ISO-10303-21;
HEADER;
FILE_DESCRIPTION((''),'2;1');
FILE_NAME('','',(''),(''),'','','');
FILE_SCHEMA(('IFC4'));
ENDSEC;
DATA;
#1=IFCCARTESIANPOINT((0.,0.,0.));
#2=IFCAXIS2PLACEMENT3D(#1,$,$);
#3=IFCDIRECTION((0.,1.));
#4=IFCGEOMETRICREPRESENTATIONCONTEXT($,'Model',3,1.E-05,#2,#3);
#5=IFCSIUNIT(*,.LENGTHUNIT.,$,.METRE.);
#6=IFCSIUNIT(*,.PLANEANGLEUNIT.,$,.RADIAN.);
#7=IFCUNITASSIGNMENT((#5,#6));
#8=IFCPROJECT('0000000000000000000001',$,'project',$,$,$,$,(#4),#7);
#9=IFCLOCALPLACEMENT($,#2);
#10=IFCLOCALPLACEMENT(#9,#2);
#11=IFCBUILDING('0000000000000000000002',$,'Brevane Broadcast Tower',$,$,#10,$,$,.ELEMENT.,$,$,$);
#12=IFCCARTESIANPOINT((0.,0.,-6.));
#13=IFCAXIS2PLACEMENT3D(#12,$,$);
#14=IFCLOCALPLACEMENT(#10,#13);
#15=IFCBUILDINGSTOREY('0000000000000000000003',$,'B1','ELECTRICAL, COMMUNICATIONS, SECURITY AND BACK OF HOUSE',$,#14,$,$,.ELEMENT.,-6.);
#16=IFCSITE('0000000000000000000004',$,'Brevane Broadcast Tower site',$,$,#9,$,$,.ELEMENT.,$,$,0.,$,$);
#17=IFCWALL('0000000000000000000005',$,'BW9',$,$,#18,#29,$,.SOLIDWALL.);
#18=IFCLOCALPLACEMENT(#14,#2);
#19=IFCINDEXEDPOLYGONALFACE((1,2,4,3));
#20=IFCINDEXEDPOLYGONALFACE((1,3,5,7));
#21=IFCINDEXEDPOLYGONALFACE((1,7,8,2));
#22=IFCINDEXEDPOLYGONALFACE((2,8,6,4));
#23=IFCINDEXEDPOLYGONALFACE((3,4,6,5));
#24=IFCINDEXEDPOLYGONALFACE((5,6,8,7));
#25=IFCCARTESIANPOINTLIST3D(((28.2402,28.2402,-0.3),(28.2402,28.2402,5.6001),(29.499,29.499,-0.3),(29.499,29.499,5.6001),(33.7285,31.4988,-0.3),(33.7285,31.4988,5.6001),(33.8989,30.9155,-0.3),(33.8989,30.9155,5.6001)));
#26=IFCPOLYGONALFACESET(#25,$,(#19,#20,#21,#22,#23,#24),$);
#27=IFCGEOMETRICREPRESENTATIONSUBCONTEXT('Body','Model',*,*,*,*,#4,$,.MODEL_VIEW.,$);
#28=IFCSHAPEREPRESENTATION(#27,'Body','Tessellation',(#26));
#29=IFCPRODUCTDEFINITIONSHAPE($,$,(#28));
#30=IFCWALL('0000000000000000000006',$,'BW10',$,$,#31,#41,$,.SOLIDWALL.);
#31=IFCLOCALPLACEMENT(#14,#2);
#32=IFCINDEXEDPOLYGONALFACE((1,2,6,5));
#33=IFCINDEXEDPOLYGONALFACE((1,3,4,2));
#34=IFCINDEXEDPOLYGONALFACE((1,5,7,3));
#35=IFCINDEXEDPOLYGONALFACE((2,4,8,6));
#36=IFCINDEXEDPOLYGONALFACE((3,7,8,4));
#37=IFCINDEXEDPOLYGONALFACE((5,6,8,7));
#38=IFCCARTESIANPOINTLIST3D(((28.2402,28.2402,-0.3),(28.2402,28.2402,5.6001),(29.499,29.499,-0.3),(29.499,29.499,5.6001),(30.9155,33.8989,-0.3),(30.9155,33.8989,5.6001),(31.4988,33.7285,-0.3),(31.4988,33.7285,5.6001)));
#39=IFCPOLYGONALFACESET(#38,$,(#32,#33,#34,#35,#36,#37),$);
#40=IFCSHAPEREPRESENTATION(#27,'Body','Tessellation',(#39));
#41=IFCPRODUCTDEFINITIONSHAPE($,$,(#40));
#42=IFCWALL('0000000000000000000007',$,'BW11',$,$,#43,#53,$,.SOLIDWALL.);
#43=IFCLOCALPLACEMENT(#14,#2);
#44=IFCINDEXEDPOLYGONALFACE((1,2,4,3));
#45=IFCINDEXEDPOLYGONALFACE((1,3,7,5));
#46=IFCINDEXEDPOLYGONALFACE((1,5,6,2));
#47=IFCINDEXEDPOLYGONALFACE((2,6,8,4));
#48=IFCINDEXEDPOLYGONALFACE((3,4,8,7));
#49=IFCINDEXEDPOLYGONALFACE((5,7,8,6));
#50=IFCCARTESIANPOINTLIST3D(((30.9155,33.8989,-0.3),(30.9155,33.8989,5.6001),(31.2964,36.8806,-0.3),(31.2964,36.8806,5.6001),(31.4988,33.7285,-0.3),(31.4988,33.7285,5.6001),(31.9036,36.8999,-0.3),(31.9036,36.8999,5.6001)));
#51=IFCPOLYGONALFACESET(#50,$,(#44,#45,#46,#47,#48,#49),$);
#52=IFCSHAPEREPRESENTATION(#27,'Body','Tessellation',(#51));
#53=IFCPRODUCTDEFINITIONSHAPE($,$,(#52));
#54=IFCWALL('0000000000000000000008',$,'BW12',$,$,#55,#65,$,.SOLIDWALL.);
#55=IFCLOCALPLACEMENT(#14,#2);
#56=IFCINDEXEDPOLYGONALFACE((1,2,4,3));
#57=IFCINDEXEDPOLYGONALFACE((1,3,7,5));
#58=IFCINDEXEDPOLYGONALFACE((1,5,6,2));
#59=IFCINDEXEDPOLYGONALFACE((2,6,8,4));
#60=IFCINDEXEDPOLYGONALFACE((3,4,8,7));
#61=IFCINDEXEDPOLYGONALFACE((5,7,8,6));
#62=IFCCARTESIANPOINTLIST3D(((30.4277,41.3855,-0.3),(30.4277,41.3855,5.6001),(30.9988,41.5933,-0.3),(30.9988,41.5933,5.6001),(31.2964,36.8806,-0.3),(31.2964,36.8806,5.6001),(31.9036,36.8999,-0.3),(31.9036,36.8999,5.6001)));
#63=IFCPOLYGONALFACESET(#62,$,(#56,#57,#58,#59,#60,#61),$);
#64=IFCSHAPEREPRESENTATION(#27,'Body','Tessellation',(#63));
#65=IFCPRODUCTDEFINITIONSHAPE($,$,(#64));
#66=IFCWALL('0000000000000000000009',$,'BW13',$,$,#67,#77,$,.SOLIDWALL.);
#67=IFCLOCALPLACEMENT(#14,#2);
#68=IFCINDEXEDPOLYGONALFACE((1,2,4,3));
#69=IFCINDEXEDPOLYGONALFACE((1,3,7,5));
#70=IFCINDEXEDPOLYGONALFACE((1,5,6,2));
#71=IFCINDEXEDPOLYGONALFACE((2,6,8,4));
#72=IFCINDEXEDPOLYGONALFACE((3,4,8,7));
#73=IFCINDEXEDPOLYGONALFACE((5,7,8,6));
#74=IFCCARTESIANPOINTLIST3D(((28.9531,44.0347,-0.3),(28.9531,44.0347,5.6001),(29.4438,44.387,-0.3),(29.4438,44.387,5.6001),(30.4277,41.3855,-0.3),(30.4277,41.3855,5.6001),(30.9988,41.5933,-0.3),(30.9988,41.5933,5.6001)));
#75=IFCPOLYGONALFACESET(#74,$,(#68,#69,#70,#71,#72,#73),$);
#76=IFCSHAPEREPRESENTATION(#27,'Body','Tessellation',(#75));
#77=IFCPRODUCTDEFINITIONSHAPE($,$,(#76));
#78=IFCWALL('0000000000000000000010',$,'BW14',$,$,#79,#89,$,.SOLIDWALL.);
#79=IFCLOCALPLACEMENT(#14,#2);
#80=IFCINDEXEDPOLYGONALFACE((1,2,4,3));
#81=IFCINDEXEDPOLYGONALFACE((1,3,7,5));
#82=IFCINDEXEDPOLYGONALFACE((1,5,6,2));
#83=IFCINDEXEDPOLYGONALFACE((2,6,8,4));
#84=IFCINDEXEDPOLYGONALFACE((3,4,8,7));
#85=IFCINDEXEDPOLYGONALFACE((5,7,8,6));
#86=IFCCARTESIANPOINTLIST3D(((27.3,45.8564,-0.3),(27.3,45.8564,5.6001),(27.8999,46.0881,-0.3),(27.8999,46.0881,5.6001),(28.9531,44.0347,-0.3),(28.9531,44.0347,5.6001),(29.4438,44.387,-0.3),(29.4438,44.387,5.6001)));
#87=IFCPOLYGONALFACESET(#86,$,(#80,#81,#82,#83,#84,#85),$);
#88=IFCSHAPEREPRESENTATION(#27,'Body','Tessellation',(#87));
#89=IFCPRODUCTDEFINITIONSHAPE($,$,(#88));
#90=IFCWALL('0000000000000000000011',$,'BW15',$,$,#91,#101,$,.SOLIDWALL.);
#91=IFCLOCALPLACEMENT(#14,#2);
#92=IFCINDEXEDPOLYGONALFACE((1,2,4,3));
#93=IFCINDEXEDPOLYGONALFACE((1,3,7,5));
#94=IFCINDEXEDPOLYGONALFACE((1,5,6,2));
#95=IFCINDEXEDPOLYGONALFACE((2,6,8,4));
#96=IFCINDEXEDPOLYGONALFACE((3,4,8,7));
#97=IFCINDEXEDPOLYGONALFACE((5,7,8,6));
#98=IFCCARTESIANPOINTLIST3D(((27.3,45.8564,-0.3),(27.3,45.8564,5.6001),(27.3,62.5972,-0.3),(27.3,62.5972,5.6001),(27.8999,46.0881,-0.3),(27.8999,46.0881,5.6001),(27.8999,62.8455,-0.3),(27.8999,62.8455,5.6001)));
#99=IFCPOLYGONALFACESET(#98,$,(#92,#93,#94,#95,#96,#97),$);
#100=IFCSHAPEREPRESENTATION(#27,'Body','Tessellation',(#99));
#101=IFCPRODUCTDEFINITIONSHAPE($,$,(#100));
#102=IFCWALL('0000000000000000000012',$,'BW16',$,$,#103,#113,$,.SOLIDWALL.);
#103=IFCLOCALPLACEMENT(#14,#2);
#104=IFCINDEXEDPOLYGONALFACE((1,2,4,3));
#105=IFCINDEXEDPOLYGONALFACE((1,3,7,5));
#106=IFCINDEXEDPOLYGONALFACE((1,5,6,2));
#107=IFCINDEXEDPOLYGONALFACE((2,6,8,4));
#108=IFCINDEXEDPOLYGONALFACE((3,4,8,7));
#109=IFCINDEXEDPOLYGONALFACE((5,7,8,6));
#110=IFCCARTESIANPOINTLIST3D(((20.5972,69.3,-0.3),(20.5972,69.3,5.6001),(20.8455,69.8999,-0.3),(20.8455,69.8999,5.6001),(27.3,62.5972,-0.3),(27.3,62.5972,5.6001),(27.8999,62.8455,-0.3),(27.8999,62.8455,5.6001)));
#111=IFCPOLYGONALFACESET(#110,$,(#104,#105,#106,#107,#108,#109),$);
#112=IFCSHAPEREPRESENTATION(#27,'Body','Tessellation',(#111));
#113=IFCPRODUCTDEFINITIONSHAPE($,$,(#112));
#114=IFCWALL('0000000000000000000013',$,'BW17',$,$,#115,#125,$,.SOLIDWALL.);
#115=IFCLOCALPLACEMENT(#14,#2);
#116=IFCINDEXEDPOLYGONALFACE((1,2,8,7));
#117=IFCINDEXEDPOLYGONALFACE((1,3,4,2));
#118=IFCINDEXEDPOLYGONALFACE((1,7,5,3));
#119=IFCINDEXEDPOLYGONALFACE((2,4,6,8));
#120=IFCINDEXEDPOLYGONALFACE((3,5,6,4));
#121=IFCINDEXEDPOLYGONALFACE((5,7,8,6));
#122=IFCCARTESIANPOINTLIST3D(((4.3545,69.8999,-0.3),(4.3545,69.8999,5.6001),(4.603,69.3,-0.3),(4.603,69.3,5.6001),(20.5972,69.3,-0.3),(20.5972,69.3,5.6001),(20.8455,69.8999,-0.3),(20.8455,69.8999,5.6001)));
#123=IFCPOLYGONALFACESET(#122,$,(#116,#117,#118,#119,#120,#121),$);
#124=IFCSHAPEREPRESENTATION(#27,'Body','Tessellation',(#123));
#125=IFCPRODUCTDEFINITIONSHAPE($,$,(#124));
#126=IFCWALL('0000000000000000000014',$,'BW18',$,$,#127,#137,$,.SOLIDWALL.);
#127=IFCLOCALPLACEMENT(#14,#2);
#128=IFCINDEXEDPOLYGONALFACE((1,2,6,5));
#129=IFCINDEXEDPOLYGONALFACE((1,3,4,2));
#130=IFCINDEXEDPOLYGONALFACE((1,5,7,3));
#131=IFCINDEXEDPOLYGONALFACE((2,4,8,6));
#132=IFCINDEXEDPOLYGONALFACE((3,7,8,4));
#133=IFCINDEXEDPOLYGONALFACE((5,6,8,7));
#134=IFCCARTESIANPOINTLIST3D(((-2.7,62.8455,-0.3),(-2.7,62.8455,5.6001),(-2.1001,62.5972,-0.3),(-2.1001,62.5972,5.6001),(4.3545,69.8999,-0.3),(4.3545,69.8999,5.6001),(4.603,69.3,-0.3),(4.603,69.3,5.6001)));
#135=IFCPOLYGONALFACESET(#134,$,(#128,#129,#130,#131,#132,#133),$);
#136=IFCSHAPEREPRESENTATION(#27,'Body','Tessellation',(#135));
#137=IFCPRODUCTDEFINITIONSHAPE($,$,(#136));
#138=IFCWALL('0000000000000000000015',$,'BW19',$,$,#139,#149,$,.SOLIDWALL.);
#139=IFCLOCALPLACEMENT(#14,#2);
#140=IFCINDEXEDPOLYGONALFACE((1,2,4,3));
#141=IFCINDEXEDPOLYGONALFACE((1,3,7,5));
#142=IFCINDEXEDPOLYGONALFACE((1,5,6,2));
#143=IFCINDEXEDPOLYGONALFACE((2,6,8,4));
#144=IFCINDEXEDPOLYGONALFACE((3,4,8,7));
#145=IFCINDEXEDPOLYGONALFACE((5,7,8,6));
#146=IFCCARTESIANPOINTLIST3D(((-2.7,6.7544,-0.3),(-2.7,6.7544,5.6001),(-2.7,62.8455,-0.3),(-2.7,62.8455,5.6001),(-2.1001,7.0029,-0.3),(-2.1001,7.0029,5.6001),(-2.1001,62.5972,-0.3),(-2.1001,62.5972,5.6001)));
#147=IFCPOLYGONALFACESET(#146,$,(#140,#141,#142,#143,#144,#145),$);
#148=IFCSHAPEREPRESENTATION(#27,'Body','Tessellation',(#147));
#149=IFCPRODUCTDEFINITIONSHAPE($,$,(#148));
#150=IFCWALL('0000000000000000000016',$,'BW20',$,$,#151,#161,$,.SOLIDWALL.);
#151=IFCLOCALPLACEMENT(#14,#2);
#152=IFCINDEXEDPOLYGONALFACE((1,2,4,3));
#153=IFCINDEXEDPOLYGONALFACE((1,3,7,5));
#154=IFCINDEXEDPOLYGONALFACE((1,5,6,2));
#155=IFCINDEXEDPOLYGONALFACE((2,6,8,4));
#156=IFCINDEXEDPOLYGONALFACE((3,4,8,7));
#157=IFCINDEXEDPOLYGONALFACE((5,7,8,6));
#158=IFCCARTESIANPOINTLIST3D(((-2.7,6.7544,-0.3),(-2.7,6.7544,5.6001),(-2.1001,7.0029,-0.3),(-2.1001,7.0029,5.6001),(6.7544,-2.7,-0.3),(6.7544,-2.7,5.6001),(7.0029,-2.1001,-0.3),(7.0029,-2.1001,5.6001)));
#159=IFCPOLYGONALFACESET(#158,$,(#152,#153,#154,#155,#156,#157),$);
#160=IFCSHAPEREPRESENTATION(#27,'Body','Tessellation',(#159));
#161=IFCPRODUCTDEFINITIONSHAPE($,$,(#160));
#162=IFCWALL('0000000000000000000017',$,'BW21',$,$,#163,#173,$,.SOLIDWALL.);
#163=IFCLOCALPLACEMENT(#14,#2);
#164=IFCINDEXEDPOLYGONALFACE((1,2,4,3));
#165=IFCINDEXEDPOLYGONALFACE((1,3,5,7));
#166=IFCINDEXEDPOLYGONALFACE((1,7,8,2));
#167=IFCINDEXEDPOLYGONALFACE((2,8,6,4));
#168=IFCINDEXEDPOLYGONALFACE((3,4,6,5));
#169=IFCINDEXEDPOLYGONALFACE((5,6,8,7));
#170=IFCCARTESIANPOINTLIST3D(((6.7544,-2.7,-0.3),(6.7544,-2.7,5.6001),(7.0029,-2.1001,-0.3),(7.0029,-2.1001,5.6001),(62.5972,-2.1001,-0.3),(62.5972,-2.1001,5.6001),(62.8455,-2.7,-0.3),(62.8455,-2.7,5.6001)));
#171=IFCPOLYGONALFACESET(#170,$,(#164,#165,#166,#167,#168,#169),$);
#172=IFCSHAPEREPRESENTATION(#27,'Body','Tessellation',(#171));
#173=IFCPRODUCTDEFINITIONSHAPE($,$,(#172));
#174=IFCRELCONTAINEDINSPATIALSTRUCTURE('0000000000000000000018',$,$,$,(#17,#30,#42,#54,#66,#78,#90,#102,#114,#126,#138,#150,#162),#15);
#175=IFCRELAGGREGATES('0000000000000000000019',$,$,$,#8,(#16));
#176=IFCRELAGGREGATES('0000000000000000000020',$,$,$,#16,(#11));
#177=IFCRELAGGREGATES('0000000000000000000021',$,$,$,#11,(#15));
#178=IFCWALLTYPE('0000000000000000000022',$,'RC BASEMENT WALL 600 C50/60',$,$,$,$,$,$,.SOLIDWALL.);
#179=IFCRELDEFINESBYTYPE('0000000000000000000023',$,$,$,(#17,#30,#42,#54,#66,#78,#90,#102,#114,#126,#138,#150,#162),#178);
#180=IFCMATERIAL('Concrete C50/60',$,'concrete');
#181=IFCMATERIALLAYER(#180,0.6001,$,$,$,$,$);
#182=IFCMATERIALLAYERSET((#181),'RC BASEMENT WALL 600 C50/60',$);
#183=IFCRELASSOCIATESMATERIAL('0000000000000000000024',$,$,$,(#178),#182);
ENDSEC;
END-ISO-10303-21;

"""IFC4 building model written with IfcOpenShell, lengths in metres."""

from ifc_helpers import new_model, si_unit, direction, frame, origin, place, context, subcontext, project, spatial, polyline, outline, extrude, material, layer, layer_set, type_object, element, save


model = new_model("IFC4")

# Units and contexts
model_context = context("Model", 3, precision=1e-05, world=origin(), true_north=direction((0.0, 1.0)))
body_context = subcontext(model_context, "Body", "Model", "MODEL_VIEW")
ifc_project = project(units=[si_unit("LENGTHUNIT", "METRE"), si_unit("PLANEANGLEUNIT", "RADIAN")], contexts=[model_context])

# Site, building, storey
site_placement = place(None, origin())
site = spatial("IfcSite", under=ifc_project, at=site_placement, Name="Brevane Broadcast Tower site", CompositionType="ELEMENT", RefElevation=0.0)
building_placement = place(site_placement, origin())
building = spatial("IfcBuilding", under=site, at=building_placement, Name="Brevane Broadcast Tower", CompositionType="ELEMENT")
storey_placement = place(building_placement, frame((0.0, 0.0, -6.0)))
storey = spatial("IfcBuildingStorey", under=building, at=storey_placement, Name="B1", Description="ELECTRICAL, COMMUNICATIONS, SECURITY AND BACK OF HOUSE", CompositionType="ELEMENT", Elevation=-6.0)

# Shared definitions
ifc_material_1 = material(Name="Concrete C50/60", Category="concrete")

# Walls
ifc_layer_1 = layer(ifc_material_1, 0.6001)
ifc_layer_set_1 = layer_set([ifc_layer_1], Name="RC BASEMENT WALL 600 C50/60")
wall_type = type_object("IfcWallType", Name="RC BASEMENT WALL 600 C50/60", PredefinedType="SOLIDWALL", material=ifc_layer_set_1)
wall_1_placement = place(storey_placement, frame((0.0, 0.0, -0.3)))
element("IfcWall", 1, at=wall_1_placement, inside=storey, type_object=wall_type, Name="BW9", PredefinedType="SOLIDWALL", context=body_context, shape_type="SweptSolid", body=[
    extrude(outline(polyline([(33.7285, 31.4988), (29.499, 29.499), (28.2402, 28.2402), (33.8989, 30.9155), (33.7285, 31.4988)])), origin(), (0.0, 0.0, 1.0), 5.9001),
])
wall_2_placement = place(storey_placement, frame((0.0, 0.0, -0.3)))
element("IfcWall", 2, at=wall_2_placement, inside=storey, type_object=wall_type, Name="BW10", PredefinedType="SOLIDWALL", context=body_context, shape_type="SweptSolid", body=[
    extrude(outline(polyline([(29.499, 29.499), (31.4988, 33.7285), (30.9155, 33.8989), (28.2402, 28.2402), (29.499, 29.499)])), origin(), (0.0, 0.0, 1.0), 5.9001),
])
wall_3_placement = place(storey_placement, frame((0.0, 0.0, -0.3)))
element("IfcWall", 3, at=wall_3_placement, inside=storey, type_object=wall_type, Name="BW11", PredefinedType="SOLIDWALL", context=body_context, shape_type="SweptSolid", body=[
    extrude(outline(polyline([(31.4988, 33.7285), (31.9036, 36.8999), (31.2964, 36.8806), (30.9155, 33.8989), (31.4988, 33.7285)])), origin(), (0.0, 0.0, 1.0), 5.9001),
])
wall_4_placement = place(storey_placement, frame((0.0, 0.0, -0.3)))
element("IfcWall", 4, at=wall_4_placement, inside=storey, type_object=wall_type, Name="BW12", PredefinedType="SOLIDWALL", context=body_context, shape_type="SweptSolid", body=[
    extrude(outline(polyline([(31.9036, 36.8999), (30.9988, 41.5933), (30.4277, 41.3855), (31.2964, 36.8806), (31.9036, 36.8999)])), origin(), (0.0, 0.0, 1.0), 5.9001),
])
wall_5_placement = place(storey_placement, frame((0.0, 0.0, -0.3)))
element("IfcWall", 5, at=wall_5_placement, inside=storey, type_object=wall_type, Name="BW13", PredefinedType="SOLIDWALL", context=body_context, shape_type="SweptSolid", body=[
    extrude(outline(polyline([(30.9988, 41.5933), (29.4438, 44.387), (28.9531, 44.0347), (30.4277, 41.3855), (30.9988, 41.5933)])), origin(), (0.0, 0.0, 1.0), 5.9001),
])
wall_6_placement = place(storey_placement, frame((0.0, 0.0, -0.3)))
element("IfcWall", 6, at=wall_6_placement, inside=storey, type_object=wall_type, Name="BW14", PredefinedType="SOLIDWALL", context=body_context, shape_type="SweptSolid", body=[
    extrude(outline(polyline([(29.4438, 44.387), (27.8999, 46.0881), (27.3, 45.8564), (28.9531, 44.0347), (29.4438, 44.387)])), origin(), (0.0, 0.0, 1.0), 5.9001),
])
wall_7_placement = place(storey_placement, frame((0.0, 0.0, -0.3)))
element("IfcWall", 7, at=wall_7_placement, inside=storey, type_object=wall_type, Name="BW15", PredefinedType="SOLIDWALL", context=body_context, shape_type="SweptSolid", body=[
    extrude(outline(polyline([(27.8999, 46.0881), (27.8999, 62.8455), (27.3, 62.5972), (27.3, 45.8564), (27.8999, 46.0881)])), origin(), (0.0, 0.0, 1.0), 5.9001),
])
wall_8_placement = place(storey_placement, frame((0.0, 0.0, -0.3)))
element("IfcWall", 8, at=wall_8_placement, inside=storey, type_object=wall_type, Name="BW16", PredefinedType="SOLIDWALL", context=body_context, shape_type="SweptSolid", body=[
    extrude(outline(polyline([(27.8999, 62.8455), (20.8455, 69.8999), (20.5972, 69.3), (27.3, 62.5972), (27.8999, 62.8455)])), origin(), (0.0, 0.0, 1.0), 5.9001),
])
wall_9_placement = place(storey_placement, frame((0.0, 0.0, -0.3)))
element("IfcWall", 9, at=wall_9_placement, inside=storey, type_object=wall_type, Name="BW17", PredefinedType="SOLIDWALL", context=body_context, shape_type="SweptSolid", body=[
    extrude(outline(polyline([(20.8455, 69.8999), (4.3545, 69.8999), (4.603, 69.3), (20.5972, 69.3), (20.8455, 69.8999)])), origin(), (0.0, 0.0, 1.0), 5.9001),
])
wall_10_placement = place(storey_placement, frame((0.0, 0.0, -0.3)))
element("IfcWall", 10, at=wall_10_placement, inside=storey, type_object=wall_type, Name="BW18", PredefinedType="SOLIDWALL", context=body_context, shape_type="SweptSolid", body=[
    extrude(outline(polyline([(4.3545, 69.8999), (-2.7, 62.8455), (-2.1001, 62.5972), (4.603, 69.3), (4.3545, 69.8999)])), origin(), (0.0, 0.0, 1.0), 5.9001),
])
wall_11_placement = place(storey_placement, frame((0.0, 0.0, -0.3)))
element("IfcWall", 11, at=wall_11_placement, inside=storey, type_object=wall_type, Name="BW19", PredefinedType="SOLIDWALL", context=body_context, shape_type="SweptSolid", body=[
    extrude(outline(polyline([(-2.7, 62.8455), (-2.7, 6.7544), (-2.1001, 7.0029), (-2.1001, 62.5972), (-2.7, 62.8455)])), origin(), (0.0, 0.0, 1.0), 5.9001),
])
wall_12_placement = place(storey_placement, frame((0.0, 0.0, -0.3)))
element("IfcWall", 12, at=wall_12_placement, inside=storey, type_object=wall_type, Name="BW20", PredefinedType="SOLIDWALL", context=body_context, shape_type="SweptSolid", body=[
    extrude(outline(polyline([(-2.7, 6.7544), (6.7544, -2.7), (7.0029, -2.1001), (-2.1001, 7.0029), (-2.7, 6.7544)])), origin(), (0.0, 0.0, 1.0), 5.9001),
])
wall_13_placement = place(storey_placement, frame((0.0, 0.0, -0.3)))
element("IfcWall", 13, at=wall_13_placement, inside=storey, type_object=wall_type, Name="BW21", PredefinedType="SOLIDWALL", context=body_context, shape_type="SweptSolid", body=[
    extrude(outline(polyline([(6.7544, -2.7), (62.8455, -2.7), (62.5972, -2.1001), (7.0029, -2.1001), (6.7544, -2.7)])), origin(), (0.0, 0.0, 1.0), 5.9001),
])

save(model, "model.ifc")
